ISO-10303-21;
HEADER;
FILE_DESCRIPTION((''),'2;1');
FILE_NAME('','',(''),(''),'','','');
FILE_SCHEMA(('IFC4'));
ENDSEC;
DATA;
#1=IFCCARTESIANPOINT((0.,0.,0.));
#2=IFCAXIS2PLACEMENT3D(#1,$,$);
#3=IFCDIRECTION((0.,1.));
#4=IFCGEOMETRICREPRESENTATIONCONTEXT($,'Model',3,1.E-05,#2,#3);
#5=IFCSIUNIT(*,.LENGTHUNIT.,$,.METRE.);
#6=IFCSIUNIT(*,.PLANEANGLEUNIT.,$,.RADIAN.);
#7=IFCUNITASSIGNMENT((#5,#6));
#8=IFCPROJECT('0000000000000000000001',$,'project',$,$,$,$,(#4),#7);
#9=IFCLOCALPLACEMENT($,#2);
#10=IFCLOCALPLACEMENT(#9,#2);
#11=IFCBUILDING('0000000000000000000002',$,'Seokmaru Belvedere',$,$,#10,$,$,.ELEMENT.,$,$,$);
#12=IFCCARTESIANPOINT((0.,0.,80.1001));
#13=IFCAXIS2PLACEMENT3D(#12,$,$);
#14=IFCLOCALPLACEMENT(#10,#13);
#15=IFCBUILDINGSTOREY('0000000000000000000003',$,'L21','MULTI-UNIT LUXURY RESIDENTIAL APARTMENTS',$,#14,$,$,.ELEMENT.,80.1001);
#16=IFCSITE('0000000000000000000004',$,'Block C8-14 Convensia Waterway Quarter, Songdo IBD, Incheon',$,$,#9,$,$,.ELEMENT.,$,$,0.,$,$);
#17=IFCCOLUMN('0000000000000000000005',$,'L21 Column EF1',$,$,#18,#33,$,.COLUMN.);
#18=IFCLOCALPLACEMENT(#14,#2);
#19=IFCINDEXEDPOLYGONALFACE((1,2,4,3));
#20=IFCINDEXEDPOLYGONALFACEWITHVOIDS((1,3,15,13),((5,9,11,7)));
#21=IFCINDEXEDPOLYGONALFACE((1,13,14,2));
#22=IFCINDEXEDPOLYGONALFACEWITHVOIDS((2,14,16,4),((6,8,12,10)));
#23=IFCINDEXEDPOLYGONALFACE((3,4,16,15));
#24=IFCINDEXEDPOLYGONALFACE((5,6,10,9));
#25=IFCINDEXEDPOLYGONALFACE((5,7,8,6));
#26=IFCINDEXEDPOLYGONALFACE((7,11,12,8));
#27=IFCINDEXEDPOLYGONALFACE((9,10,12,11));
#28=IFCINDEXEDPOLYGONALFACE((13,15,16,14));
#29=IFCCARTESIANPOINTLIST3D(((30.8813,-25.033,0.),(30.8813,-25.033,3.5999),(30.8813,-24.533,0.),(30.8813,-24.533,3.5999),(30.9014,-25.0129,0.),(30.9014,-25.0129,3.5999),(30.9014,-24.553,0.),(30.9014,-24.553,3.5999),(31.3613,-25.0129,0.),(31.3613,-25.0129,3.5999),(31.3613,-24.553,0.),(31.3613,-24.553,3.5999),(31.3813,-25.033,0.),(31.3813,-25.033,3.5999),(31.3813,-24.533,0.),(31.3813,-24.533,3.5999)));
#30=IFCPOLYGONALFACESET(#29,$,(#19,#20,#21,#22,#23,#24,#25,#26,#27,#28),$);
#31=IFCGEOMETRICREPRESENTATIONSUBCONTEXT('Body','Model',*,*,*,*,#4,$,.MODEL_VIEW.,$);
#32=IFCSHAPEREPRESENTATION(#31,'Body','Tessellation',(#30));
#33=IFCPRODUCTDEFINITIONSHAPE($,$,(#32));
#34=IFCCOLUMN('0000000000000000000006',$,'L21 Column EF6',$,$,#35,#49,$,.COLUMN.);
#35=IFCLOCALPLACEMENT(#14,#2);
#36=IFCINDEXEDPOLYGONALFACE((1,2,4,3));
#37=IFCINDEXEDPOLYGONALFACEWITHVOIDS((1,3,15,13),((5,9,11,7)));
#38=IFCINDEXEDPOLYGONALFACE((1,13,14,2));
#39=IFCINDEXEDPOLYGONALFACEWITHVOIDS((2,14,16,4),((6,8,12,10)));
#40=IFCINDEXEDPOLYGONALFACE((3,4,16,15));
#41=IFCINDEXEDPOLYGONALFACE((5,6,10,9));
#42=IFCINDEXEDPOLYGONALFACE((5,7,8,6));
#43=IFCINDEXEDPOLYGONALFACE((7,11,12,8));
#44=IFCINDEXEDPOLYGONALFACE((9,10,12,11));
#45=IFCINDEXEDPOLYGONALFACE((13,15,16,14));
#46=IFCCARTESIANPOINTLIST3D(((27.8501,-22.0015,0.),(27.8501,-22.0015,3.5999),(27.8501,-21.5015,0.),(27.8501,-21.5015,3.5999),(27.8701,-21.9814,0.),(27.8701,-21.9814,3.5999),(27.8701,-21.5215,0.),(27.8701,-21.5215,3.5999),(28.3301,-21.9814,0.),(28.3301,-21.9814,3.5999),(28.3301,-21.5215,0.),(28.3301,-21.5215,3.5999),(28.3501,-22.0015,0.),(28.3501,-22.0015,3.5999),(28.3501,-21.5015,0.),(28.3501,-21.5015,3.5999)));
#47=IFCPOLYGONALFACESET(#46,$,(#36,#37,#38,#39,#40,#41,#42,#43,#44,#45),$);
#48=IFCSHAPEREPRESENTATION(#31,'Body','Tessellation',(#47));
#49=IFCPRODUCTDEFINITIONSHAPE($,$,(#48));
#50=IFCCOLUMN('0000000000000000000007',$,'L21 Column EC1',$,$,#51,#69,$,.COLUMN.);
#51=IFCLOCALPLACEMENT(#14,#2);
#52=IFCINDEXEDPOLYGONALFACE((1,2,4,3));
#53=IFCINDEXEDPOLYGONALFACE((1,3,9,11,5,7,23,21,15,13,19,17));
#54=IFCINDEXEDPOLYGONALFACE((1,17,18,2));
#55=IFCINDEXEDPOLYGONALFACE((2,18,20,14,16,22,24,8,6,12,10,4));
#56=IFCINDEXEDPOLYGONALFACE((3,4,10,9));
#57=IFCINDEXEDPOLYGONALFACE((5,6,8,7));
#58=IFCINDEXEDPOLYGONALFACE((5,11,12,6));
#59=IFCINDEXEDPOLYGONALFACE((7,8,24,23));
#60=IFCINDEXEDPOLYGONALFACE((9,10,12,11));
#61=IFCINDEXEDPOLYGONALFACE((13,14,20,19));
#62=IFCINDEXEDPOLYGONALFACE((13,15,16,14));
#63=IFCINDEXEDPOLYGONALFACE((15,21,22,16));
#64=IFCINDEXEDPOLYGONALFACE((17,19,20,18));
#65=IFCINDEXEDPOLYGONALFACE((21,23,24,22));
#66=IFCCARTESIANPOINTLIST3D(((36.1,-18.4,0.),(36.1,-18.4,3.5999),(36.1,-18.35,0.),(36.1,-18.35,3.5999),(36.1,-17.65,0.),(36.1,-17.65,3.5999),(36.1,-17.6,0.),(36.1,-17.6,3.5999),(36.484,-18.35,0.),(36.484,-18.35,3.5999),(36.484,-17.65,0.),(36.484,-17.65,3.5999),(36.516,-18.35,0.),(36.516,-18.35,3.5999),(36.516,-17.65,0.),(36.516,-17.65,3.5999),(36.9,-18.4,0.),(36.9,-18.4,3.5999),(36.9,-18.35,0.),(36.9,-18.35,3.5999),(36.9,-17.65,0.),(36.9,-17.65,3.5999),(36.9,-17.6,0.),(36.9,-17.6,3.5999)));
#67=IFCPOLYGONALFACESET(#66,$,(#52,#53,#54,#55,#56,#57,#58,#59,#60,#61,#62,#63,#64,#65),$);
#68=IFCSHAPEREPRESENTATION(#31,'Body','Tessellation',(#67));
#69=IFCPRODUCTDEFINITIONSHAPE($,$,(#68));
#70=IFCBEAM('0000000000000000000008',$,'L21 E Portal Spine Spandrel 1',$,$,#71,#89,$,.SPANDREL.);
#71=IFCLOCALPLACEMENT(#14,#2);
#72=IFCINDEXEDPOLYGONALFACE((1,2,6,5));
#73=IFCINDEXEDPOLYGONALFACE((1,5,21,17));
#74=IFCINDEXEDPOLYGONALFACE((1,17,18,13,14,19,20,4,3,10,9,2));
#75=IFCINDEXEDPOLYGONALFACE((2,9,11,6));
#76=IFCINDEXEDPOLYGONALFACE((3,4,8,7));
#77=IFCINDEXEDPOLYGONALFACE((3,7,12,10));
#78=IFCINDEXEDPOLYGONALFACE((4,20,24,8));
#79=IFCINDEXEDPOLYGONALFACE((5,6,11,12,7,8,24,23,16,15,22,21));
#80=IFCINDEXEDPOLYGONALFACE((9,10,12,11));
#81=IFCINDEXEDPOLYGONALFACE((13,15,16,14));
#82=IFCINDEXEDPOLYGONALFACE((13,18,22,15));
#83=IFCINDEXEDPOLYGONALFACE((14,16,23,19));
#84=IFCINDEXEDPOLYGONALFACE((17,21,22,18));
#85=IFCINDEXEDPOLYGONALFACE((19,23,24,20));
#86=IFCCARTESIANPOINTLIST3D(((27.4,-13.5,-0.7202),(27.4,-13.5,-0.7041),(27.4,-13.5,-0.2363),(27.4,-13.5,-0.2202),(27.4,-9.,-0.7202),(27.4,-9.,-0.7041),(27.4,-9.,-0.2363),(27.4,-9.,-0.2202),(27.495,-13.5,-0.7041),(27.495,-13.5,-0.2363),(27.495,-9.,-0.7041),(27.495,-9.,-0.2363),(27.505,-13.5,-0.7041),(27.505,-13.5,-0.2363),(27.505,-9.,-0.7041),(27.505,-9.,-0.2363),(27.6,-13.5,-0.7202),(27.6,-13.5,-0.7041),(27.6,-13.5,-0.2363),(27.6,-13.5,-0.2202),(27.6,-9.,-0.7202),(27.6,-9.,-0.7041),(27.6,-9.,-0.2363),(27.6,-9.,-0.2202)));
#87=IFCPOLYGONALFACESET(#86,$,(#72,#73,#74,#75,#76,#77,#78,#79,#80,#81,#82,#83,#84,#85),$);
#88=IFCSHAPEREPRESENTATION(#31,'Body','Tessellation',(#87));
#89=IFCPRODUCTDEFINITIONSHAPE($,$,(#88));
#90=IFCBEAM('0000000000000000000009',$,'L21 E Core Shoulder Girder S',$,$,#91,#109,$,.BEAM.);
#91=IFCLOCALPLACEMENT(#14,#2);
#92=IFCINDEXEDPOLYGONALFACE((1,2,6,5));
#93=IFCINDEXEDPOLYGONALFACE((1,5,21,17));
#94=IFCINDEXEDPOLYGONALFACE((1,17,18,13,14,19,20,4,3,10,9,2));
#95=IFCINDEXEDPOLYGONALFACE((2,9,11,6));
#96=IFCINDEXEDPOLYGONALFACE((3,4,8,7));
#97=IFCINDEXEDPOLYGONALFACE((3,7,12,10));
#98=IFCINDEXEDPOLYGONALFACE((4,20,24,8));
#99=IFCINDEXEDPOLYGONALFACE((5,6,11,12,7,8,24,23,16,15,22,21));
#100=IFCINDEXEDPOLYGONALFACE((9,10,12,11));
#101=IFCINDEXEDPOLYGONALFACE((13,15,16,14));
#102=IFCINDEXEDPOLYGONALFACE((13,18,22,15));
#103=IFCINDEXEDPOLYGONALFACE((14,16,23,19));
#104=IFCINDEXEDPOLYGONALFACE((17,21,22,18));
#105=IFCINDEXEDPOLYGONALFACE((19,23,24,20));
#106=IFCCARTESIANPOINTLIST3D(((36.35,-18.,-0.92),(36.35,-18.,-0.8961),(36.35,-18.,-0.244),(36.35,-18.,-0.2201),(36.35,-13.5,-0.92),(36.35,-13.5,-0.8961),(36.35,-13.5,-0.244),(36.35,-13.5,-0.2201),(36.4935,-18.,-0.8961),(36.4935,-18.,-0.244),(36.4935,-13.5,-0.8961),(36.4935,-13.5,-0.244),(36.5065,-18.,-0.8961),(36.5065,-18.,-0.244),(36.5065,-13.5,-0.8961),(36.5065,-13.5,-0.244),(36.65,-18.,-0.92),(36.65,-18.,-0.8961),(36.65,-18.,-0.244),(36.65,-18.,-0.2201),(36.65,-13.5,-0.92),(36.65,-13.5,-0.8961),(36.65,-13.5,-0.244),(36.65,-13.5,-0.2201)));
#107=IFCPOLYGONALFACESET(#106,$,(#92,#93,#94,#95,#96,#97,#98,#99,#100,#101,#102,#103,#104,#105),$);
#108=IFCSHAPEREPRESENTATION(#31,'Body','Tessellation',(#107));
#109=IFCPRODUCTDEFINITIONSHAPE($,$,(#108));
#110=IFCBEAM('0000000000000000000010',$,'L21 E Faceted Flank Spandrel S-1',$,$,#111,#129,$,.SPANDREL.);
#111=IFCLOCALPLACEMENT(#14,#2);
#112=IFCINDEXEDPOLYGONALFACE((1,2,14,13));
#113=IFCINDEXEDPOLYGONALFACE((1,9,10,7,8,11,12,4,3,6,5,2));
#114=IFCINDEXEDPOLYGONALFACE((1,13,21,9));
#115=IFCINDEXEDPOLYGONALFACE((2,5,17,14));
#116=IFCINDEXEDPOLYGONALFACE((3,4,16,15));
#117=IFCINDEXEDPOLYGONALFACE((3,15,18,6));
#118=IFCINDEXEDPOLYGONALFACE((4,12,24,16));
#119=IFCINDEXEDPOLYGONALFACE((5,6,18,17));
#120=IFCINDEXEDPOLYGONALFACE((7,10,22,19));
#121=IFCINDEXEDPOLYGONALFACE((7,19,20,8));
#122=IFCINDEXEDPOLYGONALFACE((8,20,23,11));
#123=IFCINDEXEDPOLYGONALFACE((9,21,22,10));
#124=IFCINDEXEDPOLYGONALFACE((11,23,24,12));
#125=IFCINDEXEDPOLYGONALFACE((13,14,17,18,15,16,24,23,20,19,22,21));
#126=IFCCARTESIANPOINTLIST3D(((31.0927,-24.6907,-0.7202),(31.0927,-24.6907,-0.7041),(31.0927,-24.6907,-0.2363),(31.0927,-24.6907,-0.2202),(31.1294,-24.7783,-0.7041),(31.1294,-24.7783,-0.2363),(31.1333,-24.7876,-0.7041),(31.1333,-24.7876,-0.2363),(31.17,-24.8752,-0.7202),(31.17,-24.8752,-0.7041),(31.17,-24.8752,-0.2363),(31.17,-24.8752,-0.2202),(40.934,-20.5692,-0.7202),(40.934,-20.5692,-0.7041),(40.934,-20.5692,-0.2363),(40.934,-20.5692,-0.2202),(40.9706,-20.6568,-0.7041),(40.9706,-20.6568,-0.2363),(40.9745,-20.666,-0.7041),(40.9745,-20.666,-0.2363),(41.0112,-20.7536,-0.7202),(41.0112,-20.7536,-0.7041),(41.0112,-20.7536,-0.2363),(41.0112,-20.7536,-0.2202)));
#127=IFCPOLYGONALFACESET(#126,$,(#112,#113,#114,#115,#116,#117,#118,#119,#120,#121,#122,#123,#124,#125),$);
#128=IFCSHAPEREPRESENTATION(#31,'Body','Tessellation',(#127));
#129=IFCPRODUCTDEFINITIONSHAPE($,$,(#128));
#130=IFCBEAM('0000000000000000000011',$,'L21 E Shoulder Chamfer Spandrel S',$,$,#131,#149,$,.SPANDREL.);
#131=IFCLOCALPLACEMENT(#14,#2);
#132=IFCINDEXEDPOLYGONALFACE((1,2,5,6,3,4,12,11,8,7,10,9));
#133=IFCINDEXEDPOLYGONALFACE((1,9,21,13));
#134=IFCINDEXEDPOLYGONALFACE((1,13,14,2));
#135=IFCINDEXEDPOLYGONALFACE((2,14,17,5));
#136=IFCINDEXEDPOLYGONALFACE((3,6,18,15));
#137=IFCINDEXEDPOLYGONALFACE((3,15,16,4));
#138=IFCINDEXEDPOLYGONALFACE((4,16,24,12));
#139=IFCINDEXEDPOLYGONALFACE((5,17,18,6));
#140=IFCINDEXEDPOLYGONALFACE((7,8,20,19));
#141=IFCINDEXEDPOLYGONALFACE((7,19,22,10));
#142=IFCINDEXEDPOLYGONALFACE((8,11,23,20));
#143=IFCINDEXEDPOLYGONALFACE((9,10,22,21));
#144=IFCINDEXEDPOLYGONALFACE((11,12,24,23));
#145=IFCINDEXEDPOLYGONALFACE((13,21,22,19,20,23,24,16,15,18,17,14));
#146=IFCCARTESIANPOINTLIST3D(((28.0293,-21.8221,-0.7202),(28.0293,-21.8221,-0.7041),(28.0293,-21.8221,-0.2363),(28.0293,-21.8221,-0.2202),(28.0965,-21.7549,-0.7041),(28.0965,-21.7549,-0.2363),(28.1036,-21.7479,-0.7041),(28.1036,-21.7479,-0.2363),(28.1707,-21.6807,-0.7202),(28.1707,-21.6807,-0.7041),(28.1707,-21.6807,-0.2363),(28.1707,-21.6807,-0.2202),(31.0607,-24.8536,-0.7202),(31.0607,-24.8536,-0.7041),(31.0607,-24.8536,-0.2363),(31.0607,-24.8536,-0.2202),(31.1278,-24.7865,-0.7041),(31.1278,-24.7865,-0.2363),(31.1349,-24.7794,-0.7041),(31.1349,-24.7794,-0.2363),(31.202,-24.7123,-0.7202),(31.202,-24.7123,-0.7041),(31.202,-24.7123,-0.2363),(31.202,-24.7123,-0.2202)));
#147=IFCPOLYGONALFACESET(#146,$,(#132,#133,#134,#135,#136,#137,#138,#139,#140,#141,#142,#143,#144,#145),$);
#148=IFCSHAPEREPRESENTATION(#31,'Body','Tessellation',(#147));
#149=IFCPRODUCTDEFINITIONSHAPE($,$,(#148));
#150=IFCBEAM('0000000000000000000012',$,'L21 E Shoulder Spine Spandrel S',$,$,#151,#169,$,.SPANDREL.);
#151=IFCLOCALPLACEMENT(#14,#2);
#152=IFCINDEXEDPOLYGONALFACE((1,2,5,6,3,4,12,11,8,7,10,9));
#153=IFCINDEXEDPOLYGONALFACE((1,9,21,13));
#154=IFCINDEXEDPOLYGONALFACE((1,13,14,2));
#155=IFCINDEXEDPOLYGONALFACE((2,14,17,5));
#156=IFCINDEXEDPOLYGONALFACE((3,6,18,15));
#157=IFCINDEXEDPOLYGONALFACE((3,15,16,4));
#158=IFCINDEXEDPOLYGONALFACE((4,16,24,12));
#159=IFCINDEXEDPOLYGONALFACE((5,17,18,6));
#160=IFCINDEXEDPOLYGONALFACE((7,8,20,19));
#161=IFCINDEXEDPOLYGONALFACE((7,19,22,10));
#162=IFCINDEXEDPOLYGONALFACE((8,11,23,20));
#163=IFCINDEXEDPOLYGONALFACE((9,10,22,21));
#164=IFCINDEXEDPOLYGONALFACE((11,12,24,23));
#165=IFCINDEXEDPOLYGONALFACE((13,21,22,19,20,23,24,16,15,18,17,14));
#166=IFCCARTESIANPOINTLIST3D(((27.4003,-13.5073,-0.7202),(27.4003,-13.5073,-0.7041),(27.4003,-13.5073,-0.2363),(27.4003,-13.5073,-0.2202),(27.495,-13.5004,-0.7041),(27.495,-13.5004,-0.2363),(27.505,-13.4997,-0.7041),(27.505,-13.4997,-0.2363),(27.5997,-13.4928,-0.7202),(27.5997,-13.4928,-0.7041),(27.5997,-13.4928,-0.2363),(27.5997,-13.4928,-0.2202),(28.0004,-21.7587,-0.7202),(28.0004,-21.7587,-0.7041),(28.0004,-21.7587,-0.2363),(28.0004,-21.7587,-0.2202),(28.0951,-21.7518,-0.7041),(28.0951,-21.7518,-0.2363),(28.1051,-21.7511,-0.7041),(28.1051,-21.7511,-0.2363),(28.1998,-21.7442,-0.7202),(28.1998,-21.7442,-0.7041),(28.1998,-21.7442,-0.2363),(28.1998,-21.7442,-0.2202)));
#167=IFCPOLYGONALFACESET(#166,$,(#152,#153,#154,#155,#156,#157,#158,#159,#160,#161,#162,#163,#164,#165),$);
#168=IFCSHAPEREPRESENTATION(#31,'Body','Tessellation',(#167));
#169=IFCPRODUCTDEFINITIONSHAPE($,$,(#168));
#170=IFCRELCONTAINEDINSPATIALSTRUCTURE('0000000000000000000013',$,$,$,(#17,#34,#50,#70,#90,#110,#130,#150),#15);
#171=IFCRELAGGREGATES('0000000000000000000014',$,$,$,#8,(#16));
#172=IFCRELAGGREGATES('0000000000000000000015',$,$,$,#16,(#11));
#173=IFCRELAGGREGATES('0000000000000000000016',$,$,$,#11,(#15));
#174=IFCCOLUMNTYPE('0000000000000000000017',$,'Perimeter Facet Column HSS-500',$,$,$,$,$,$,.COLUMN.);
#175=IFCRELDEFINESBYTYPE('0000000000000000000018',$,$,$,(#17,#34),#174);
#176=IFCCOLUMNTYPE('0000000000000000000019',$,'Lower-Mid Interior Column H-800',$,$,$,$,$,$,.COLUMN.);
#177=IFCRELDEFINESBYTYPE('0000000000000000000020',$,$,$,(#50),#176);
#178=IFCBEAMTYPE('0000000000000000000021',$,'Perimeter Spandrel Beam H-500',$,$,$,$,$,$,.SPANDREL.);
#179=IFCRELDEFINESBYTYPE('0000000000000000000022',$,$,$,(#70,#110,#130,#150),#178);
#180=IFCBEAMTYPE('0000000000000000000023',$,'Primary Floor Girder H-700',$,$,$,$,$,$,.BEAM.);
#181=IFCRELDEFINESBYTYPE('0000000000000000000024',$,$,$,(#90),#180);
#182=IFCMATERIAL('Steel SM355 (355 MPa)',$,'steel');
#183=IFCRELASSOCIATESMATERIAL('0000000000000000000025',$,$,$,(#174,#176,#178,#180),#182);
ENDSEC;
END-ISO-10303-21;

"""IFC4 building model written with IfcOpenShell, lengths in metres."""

from ifc_helpers import new_model, si_unit, direction, frame, origin, origin_2d, place, context, subcontext, project, spatial, hollow_rectangle, i_section, extrude, source, transform, mapped, material, material_profile, profile_set, type_object, type_shapes, element, save


model = new_model("IFC4")

# Units and contexts
model_context = context("Model", 3, precision=1e-05, world=origin(), true_north=direction((0.0, 1.0)))
body_context = subcontext(model_context, "Body", "Model", "MODEL_VIEW")
ifc_project = project(units=[si_unit("LENGTHUNIT", "METRE"), si_unit("PLANEANGLEUNIT", "RADIAN")], contexts=[model_context])

# Site, building, storey
site_placement = place(None, origin())
site = spatial("IfcSite", under=ifc_project, at=site_placement, Name="Block C8-14 Convensia Waterway Quarter, Songdo IBD, Incheon", CompositionType="ELEMENT", RefElevation=0.0)
building_placement = place(site_placement, origin())
building = spatial("IfcBuilding", under=site, at=building_placement, Name="Seokmaru Belvedere", CompositionType="ELEMENT")
storey_placement = place(building_placement, frame((0.0, 0.0, 80.1001)))
storey = spatial("IfcBuildingStorey", under=building, at=storey_placement, Name="L21", Description="MULTI-UNIT LUXURY RESIDENTIAL APARTMENTS", CompositionType="ELEMENT", Elevation=80.1001)

# Columns
ifc_material_1 = material(Name="Steel SM355 (355 MPa)", Category="steel")
ifc_material_profile_1 = material_profile(ifc_material_1, hollow_rectangle(XDim=0.5, YDim=0.5, WallThickness=0.02, at=origin_2d()), Name="HSS-500x500x20")
ifc_profile_set_1 = profile_set([ifc_material_profile_1], Name="Steel SM355 (355 MPa)")
column_type_1 = type_object("IfcColumnType", Name="Perimeter Facet Column HSS-500", PredefinedType="COLUMN", material=ifc_profile_set_1)
shared_shape_1 = source(origin(), body_context, "Body", "SweptSolid", [
    extrude(hollow_rectangle(XDim=0.5, YDim=0.5, WallThickness=0.02, at=origin_2d()), origin(), (0.0, 0.0, 1.0), 3.5999),
])
type_shapes(column_type_1, [shared_shape_1])
for number, where, z_axis, x_axis, name in (
    (1, (31.1313, -24.783, 0.0), (0.0, 0.0, 1.0), (1.0, 0.0, 0.0), "L21 Column EF1"),
    (2, (28.1001, -21.7515, 0.0), (0.0, 0.0, 1.0), (1.0, 0.0, 0.0), "L21 Column EF6"),
):
    element("IfcColumn", number, at=place(storey_placement, frame(where, z_axis=z_axis, x_axis=x_axis)), inside=storey, type_object=column_type_1, Name=name, PredefinedType="COLUMN", context=body_context, shape_type="MappedRepresentation", body=[
        mapped(shared_shape_1, transform((0.0, 0.0, 0.0), scale=1.0)),
    ])
ifc_material_profile_2 = material_profile(ifc_material_1, i_section(OverallWidth=0.8, OverallDepth=0.8, WebThickness=0.032, FlangeThickness=0.05, at=origin_2d()), Name="H-800x800x32x50")
ifc_profile_set_2 = profile_set([ifc_material_profile_2], Name="Steel SM355 (355 MPa)")
column_type_2 = type_object("IfcColumnType", Name="Lower-Mid Interior Column H-800", PredefinedType="COLUMN", material=ifc_profile_set_2)
shared_shape_2 = source(origin(), body_context, "Body", "SweptSolid", [
    extrude(i_section(OverallWidth=0.8, OverallDepth=0.8, WebThickness=0.032, FlangeThickness=0.05, at=origin_2d()), origin(), (0.0, 0.0, 1.0), 3.5999),
])
type_shapes(column_type_2, [shared_shape_2])
column_placement = place(storey_placement, frame((36.5, -18.0, 0.0), z_axis=(0.0, 0.0, 1.0), x_axis=(1.0, 0.0, 0.0)))
element("IfcColumn", 3, at=column_placement, inside=storey, type_object=column_type_2, Name="L21 Column EC1", PredefinedType="COLUMN", context=body_context, shape_type="MappedRepresentation", body=[
    mapped(shared_shape_2, transform((0.0, 0.0, 0.0), scale=1.0)),
])

# Beams
ifc_material_profile_3 = material_profile(ifc_material_1, i_section(OverallWidth=0.2, OverallDepth=0.5, WebThickness=0.01, FlangeThickness=0.0161, at=origin_2d()), Name="H-500x200x10x16")
ifc_profile_set_3 = profile_set([ifc_material_profile_3], Name="Steel SM355 (355 MPa)")
beam_type_1 = type_object("IfcBeamType", Name="Perimeter Spandrel Beam H-500", PredefinedType="SPANDREL", material=ifc_profile_set_3)
shared_shape_3 = source(origin(), body_context, "Body", "SweptSolid", [
    extrude(i_section(OverallWidth=0.2, OverallDepth=0.5, WebThickness=0.01, FlangeThickness=0.0161, at=origin_2d()), origin(), (0.0, 0.0, 1.0), 4.5),
])
beam_1_placement = place(storey_placement, frame((27.5, -13.5, -0.4702), z_axis=(0.0, 1.0, 0.0), x_axis=(-1.0, 0.0, 0.0)))
element("IfcBeam", 4, at=beam_1_placement, inside=storey, type_object=beam_type_1, Name="L21 E Portal Spine Spandrel 1", PredefinedType="SPANDREL", context=body_context, shape_type="MappedRepresentation", body=[
    mapped(shared_shape_3, transform((0.0, 0.0, 0.0), scale=1.0)),
])
ifc_material_profile_4 = material_profile(ifc_material_1, i_section(OverallWidth=0.3, OverallDepth=0.7, WebThickness=0.0129, FlangeThickness=0.0239, at=origin_2d()), Name="H-700x300x13x24")
ifc_profile_set_4 = profile_set([ifc_material_profile_4], Name="Steel SM355 (355 MPa)")
beam_type_2 = type_object("IfcBeamType", Name="Primary Floor Girder H-700", PredefinedType="BEAM", material=ifc_profile_set_4)
shared_shape_4 = source(origin(), body_context, "Body", "SweptSolid", [
    extrude(i_section(OverallWidth=0.3, OverallDepth=0.7, WebThickness=0.0129, FlangeThickness=0.0239, at=origin_2d()), origin(), (0.0, 0.0, 1.0), 4.5),
])
type_shapes(beam_type_2, [shared_shape_4])
beam_2_placement = place(storey_placement, frame((36.5, -18.0, -0.5701), z_axis=(0.0, 1.0, 0.0), x_axis=(-1.0, 0.0, 0.0)))
element("IfcBeam", 5, at=beam_2_placement, inside=storey, type_object=beam_type_2, Name="L21 E Core Shoulder Girder S", PredefinedType="BEAM", context=body_context, shape_type="MappedRepresentation", body=[
    mapped(shared_shape_4, transform((0.0, 0.0, 0.0), scale=1.0)),
])
shared_shape_5 = source(origin(), body_context, "Body", "SweptSolid", [
    extrude(i_section(OverallWidth=0.2, OverallDepth=0.5, WebThickness=0.01, FlangeThickness=0.0161, at=origin_2d()), origin(), (0.0, 0.0, 1.0), 10.6694),
])
beam_3_placement = place(storey_placement, frame((31.1313, -24.783, -0.4702), z_axis=(0.922375, 0.386295, 0.0), x_axis=(-0.386295, 0.922375, 0.0)))
element("IfcBeam", 6, at=beam_3_placement, inside=storey, type_object=beam_type_1, Name="L21 E Faceted Flank Spandrel S-1", PredefinedType="SPANDREL", context=body_context, shape_type="MappedRepresentation", body=[
    mapped(shared_shape_5, transform((0.0, 0.0, 0.0), scale=1.0)),
])
shared_shape_6 = source(origin(), body_context, "Body", "SweptSolid", [
    extrude(i_section(OverallWidth=0.2, OverallDepth=0.5, WebThickness=0.01, FlangeThickness=0.0161, at=origin_2d()), origin(), (0.0, 0.0, 1.0), 4.2871),
])
beam_4_placement = place(storey_placement, frame((31.1313, -24.783, -0.4702), z_axis=(-0.707078, 0.707135, 0.0), x_axis=(-0.707135, -0.707078, 0.0)))
element("IfcBeam", 7, at=beam_4_placement, inside=storey, type_object=beam_type_1, Name="L21 E Shoulder Chamfer Spandrel S", PredefinedType="SPANDREL", context=body_context, shape_type="MappedRepresentation", body=[
    mapped(shared_shape_6, transform((0.0, 0.0, 0.0), scale=1.0)),
])
shared_shape_7 = source(origin(), body_context, "Body", "SweptSolid", [
    extrude(i_section(OverallWidth=0.2, OverallDepth=0.5, WebThickness=0.01, FlangeThickness=0.0161, at=origin_2d()), origin(), (0.0, 0.0, 1.0), 8.2732),
])
type_shapes(beam_type_1, [shared_shape_3, shared_shape_5, shared_shape_6, shared_shape_7])
beam_5_placement = place(storey_placement, frame((28.1001, -21.7515, -0.4702), z_axis=(-0.072535, 0.997366, 0.0), x_axis=(-0.997366, -0.072535, 0.0)))
element("IfcBeam", 8, at=beam_5_placement, inside=storey, type_object=beam_type_1, Name="L21 E Shoulder Spine Spandrel S", PredefinedType="SPANDREL", context=body_context, shape_type="MappedRepresentation", body=[
    mapped(shared_shape_7, transform((0.0, 0.0, 0.0), scale=1.0)),
])

save(model, "model.ifc")
